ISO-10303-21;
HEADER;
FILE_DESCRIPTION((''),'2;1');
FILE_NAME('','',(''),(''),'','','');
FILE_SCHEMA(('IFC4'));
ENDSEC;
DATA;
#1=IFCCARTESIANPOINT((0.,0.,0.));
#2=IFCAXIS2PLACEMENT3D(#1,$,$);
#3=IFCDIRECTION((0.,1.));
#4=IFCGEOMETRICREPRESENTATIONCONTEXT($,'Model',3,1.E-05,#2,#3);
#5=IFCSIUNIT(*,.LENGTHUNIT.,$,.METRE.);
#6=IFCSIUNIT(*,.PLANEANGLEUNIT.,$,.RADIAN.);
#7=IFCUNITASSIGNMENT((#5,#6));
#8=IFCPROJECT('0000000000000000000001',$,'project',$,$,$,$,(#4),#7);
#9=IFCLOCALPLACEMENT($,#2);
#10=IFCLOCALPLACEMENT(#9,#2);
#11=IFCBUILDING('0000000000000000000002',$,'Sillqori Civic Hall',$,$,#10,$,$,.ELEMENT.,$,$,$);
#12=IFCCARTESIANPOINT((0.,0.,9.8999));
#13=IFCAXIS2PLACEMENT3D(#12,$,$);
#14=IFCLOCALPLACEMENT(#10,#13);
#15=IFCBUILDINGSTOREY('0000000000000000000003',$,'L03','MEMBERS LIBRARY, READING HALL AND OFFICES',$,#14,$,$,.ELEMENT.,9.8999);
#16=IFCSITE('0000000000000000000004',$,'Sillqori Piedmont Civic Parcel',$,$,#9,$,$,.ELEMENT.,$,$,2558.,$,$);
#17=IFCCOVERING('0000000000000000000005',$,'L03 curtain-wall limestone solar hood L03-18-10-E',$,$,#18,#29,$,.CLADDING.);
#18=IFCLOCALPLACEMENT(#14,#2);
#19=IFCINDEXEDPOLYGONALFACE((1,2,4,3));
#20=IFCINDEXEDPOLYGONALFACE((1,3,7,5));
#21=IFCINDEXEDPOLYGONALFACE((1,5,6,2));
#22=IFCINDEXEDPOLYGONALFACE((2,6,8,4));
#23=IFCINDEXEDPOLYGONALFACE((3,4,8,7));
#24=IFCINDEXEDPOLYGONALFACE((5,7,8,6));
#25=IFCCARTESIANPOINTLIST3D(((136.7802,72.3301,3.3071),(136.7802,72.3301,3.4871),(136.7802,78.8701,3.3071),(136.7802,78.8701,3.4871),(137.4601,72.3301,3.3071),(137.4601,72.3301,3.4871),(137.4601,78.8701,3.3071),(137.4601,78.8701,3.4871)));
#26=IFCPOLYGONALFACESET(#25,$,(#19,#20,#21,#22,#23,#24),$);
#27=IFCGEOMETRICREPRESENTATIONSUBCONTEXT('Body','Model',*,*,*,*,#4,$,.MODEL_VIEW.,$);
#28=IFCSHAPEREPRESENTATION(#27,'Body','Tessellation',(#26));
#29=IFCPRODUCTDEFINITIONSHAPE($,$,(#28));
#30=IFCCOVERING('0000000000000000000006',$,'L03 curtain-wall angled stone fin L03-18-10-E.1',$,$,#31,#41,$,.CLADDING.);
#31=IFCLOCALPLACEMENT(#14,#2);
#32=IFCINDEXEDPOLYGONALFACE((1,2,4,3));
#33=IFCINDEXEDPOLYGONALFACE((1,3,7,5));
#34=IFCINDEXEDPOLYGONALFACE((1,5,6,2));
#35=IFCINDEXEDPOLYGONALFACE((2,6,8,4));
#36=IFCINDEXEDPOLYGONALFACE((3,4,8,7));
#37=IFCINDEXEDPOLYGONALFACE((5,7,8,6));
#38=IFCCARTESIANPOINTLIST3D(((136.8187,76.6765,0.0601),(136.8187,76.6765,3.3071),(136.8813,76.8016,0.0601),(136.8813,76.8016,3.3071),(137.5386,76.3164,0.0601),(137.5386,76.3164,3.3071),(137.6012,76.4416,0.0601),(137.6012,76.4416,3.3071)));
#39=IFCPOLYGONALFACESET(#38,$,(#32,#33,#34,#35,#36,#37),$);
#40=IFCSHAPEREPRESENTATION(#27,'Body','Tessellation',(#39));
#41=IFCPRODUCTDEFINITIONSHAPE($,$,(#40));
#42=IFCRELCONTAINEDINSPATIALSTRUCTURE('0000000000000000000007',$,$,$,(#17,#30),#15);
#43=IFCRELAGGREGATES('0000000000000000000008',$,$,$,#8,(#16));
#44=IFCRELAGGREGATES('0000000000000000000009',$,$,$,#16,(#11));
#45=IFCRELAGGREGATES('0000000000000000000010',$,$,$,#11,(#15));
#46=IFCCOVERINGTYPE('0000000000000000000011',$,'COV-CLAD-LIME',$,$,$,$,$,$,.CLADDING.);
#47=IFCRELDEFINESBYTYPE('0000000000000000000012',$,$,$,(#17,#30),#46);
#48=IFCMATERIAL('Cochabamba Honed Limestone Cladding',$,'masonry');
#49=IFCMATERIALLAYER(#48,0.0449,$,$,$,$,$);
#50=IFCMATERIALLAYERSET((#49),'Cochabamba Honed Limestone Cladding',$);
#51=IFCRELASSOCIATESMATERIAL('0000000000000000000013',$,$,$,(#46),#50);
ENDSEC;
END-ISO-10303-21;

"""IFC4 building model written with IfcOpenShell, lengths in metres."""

from ifc_helpers import new_model, si_unit, direction, frame, frame_2d, origin, place, context, subcontext, project, spatial, rectangle, extrude, material, layer, layer_set, type_object, element, save


model = new_model("IFC4")

# Units and contexts
model_context = context("Model", 3, precision=1e-05, world=origin(), true_north=direction((0.0, 1.0)))
body_context = subcontext(model_context, "Body", "Model", "MODEL_VIEW")
ifc_project = project(units=[si_unit("LENGTHUNIT", "METRE"), si_unit("PLANEANGLEUNIT", "RADIAN")], contexts=[model_context])

# Site, building, storey
site_placement = place(None, origin())
building_placement = place(site_placement, origin())
storey_placement = place(building_placement, frame((0.0, 0.0, 9.8999)))
site = spatial("IfcSite", under=ifc_project, at=site_placement, Name="Sillqori Piedmont Civic Parcel", CompositionType="ELEMENT", RefElevation=2558.0)
building = spatial("IfcBuilding", under=site, at=building_placement, Name="Sillqori Civic Hall", CompositionType="ELEMENT")
storey = spatial("IfcBuildingStorey", under=building, at=storey_placement, Name="L03", Description="MEMBERS LIBRARY, READING HALL AND OFFICES", CompositionType="ELEMENT", Elevation=9.8999)

# Coverings
ifc_material_1 = material(Name="Cochabamba Honed Limestone Cladding", Category="masonry")
ifc_layer_1 = layer(ifc_material_1, 0.0449)
ifc_layer_set_1 = layer_set([ifc_layer_1], Name="Cochabamba Honed Limestone Cladding")
covering_type = type_object("IfcCoveringType", Name="COV-CLAD-LIME", PredefinedType="CLADDING", material=ifc_layer_set_1)
covering_1_placement = place(storey_placement, frame((137.1201, 78.8701, 3.3071), z_axis=(0.0, 0.0, 1.0), x_axis=(0.0, -1.0, 0.0)))
element("IfcCovering", 1, at=covering_1_placement, inside=storey, type_object=covering_type, Name="L03 curtain-wall limestone solar hood L03-18-10-E", PredefinedType="CLADDING", context=body_context, shape_type="SweptSolid", body=[
    extrude(rectangle(XDim=6.54, YDim=0.6799, at=frame_2d((3.27, 0.0))), origin(), (0.0, 0.0, 1.0), 0.1799),
])
covering_2_placement = place(storey_placement, frame((136.8501, 76.739, 0.0601), z_axis=(0.0, 0.0, 1.0), x_axis=(0.894367, -0.447335, 0.0)))
element("IfcCovering", 2, at=covering_2_placement, inside=storey, type_object=covering_type, Name="L03 curtain-wall angled stone fin L03-18-10-E.1", PredefinedType="CLADDING", context=body_context, shape_type="SweptSolid", body=[
    extrude(rectangle(XDim=0.8049, YDim=0.1399, at=frame_2d((0.4023, 0.0))), origin(), (0.0, 0.0, 1.0), 3.2471),
])

save(model, "model.ifc")
